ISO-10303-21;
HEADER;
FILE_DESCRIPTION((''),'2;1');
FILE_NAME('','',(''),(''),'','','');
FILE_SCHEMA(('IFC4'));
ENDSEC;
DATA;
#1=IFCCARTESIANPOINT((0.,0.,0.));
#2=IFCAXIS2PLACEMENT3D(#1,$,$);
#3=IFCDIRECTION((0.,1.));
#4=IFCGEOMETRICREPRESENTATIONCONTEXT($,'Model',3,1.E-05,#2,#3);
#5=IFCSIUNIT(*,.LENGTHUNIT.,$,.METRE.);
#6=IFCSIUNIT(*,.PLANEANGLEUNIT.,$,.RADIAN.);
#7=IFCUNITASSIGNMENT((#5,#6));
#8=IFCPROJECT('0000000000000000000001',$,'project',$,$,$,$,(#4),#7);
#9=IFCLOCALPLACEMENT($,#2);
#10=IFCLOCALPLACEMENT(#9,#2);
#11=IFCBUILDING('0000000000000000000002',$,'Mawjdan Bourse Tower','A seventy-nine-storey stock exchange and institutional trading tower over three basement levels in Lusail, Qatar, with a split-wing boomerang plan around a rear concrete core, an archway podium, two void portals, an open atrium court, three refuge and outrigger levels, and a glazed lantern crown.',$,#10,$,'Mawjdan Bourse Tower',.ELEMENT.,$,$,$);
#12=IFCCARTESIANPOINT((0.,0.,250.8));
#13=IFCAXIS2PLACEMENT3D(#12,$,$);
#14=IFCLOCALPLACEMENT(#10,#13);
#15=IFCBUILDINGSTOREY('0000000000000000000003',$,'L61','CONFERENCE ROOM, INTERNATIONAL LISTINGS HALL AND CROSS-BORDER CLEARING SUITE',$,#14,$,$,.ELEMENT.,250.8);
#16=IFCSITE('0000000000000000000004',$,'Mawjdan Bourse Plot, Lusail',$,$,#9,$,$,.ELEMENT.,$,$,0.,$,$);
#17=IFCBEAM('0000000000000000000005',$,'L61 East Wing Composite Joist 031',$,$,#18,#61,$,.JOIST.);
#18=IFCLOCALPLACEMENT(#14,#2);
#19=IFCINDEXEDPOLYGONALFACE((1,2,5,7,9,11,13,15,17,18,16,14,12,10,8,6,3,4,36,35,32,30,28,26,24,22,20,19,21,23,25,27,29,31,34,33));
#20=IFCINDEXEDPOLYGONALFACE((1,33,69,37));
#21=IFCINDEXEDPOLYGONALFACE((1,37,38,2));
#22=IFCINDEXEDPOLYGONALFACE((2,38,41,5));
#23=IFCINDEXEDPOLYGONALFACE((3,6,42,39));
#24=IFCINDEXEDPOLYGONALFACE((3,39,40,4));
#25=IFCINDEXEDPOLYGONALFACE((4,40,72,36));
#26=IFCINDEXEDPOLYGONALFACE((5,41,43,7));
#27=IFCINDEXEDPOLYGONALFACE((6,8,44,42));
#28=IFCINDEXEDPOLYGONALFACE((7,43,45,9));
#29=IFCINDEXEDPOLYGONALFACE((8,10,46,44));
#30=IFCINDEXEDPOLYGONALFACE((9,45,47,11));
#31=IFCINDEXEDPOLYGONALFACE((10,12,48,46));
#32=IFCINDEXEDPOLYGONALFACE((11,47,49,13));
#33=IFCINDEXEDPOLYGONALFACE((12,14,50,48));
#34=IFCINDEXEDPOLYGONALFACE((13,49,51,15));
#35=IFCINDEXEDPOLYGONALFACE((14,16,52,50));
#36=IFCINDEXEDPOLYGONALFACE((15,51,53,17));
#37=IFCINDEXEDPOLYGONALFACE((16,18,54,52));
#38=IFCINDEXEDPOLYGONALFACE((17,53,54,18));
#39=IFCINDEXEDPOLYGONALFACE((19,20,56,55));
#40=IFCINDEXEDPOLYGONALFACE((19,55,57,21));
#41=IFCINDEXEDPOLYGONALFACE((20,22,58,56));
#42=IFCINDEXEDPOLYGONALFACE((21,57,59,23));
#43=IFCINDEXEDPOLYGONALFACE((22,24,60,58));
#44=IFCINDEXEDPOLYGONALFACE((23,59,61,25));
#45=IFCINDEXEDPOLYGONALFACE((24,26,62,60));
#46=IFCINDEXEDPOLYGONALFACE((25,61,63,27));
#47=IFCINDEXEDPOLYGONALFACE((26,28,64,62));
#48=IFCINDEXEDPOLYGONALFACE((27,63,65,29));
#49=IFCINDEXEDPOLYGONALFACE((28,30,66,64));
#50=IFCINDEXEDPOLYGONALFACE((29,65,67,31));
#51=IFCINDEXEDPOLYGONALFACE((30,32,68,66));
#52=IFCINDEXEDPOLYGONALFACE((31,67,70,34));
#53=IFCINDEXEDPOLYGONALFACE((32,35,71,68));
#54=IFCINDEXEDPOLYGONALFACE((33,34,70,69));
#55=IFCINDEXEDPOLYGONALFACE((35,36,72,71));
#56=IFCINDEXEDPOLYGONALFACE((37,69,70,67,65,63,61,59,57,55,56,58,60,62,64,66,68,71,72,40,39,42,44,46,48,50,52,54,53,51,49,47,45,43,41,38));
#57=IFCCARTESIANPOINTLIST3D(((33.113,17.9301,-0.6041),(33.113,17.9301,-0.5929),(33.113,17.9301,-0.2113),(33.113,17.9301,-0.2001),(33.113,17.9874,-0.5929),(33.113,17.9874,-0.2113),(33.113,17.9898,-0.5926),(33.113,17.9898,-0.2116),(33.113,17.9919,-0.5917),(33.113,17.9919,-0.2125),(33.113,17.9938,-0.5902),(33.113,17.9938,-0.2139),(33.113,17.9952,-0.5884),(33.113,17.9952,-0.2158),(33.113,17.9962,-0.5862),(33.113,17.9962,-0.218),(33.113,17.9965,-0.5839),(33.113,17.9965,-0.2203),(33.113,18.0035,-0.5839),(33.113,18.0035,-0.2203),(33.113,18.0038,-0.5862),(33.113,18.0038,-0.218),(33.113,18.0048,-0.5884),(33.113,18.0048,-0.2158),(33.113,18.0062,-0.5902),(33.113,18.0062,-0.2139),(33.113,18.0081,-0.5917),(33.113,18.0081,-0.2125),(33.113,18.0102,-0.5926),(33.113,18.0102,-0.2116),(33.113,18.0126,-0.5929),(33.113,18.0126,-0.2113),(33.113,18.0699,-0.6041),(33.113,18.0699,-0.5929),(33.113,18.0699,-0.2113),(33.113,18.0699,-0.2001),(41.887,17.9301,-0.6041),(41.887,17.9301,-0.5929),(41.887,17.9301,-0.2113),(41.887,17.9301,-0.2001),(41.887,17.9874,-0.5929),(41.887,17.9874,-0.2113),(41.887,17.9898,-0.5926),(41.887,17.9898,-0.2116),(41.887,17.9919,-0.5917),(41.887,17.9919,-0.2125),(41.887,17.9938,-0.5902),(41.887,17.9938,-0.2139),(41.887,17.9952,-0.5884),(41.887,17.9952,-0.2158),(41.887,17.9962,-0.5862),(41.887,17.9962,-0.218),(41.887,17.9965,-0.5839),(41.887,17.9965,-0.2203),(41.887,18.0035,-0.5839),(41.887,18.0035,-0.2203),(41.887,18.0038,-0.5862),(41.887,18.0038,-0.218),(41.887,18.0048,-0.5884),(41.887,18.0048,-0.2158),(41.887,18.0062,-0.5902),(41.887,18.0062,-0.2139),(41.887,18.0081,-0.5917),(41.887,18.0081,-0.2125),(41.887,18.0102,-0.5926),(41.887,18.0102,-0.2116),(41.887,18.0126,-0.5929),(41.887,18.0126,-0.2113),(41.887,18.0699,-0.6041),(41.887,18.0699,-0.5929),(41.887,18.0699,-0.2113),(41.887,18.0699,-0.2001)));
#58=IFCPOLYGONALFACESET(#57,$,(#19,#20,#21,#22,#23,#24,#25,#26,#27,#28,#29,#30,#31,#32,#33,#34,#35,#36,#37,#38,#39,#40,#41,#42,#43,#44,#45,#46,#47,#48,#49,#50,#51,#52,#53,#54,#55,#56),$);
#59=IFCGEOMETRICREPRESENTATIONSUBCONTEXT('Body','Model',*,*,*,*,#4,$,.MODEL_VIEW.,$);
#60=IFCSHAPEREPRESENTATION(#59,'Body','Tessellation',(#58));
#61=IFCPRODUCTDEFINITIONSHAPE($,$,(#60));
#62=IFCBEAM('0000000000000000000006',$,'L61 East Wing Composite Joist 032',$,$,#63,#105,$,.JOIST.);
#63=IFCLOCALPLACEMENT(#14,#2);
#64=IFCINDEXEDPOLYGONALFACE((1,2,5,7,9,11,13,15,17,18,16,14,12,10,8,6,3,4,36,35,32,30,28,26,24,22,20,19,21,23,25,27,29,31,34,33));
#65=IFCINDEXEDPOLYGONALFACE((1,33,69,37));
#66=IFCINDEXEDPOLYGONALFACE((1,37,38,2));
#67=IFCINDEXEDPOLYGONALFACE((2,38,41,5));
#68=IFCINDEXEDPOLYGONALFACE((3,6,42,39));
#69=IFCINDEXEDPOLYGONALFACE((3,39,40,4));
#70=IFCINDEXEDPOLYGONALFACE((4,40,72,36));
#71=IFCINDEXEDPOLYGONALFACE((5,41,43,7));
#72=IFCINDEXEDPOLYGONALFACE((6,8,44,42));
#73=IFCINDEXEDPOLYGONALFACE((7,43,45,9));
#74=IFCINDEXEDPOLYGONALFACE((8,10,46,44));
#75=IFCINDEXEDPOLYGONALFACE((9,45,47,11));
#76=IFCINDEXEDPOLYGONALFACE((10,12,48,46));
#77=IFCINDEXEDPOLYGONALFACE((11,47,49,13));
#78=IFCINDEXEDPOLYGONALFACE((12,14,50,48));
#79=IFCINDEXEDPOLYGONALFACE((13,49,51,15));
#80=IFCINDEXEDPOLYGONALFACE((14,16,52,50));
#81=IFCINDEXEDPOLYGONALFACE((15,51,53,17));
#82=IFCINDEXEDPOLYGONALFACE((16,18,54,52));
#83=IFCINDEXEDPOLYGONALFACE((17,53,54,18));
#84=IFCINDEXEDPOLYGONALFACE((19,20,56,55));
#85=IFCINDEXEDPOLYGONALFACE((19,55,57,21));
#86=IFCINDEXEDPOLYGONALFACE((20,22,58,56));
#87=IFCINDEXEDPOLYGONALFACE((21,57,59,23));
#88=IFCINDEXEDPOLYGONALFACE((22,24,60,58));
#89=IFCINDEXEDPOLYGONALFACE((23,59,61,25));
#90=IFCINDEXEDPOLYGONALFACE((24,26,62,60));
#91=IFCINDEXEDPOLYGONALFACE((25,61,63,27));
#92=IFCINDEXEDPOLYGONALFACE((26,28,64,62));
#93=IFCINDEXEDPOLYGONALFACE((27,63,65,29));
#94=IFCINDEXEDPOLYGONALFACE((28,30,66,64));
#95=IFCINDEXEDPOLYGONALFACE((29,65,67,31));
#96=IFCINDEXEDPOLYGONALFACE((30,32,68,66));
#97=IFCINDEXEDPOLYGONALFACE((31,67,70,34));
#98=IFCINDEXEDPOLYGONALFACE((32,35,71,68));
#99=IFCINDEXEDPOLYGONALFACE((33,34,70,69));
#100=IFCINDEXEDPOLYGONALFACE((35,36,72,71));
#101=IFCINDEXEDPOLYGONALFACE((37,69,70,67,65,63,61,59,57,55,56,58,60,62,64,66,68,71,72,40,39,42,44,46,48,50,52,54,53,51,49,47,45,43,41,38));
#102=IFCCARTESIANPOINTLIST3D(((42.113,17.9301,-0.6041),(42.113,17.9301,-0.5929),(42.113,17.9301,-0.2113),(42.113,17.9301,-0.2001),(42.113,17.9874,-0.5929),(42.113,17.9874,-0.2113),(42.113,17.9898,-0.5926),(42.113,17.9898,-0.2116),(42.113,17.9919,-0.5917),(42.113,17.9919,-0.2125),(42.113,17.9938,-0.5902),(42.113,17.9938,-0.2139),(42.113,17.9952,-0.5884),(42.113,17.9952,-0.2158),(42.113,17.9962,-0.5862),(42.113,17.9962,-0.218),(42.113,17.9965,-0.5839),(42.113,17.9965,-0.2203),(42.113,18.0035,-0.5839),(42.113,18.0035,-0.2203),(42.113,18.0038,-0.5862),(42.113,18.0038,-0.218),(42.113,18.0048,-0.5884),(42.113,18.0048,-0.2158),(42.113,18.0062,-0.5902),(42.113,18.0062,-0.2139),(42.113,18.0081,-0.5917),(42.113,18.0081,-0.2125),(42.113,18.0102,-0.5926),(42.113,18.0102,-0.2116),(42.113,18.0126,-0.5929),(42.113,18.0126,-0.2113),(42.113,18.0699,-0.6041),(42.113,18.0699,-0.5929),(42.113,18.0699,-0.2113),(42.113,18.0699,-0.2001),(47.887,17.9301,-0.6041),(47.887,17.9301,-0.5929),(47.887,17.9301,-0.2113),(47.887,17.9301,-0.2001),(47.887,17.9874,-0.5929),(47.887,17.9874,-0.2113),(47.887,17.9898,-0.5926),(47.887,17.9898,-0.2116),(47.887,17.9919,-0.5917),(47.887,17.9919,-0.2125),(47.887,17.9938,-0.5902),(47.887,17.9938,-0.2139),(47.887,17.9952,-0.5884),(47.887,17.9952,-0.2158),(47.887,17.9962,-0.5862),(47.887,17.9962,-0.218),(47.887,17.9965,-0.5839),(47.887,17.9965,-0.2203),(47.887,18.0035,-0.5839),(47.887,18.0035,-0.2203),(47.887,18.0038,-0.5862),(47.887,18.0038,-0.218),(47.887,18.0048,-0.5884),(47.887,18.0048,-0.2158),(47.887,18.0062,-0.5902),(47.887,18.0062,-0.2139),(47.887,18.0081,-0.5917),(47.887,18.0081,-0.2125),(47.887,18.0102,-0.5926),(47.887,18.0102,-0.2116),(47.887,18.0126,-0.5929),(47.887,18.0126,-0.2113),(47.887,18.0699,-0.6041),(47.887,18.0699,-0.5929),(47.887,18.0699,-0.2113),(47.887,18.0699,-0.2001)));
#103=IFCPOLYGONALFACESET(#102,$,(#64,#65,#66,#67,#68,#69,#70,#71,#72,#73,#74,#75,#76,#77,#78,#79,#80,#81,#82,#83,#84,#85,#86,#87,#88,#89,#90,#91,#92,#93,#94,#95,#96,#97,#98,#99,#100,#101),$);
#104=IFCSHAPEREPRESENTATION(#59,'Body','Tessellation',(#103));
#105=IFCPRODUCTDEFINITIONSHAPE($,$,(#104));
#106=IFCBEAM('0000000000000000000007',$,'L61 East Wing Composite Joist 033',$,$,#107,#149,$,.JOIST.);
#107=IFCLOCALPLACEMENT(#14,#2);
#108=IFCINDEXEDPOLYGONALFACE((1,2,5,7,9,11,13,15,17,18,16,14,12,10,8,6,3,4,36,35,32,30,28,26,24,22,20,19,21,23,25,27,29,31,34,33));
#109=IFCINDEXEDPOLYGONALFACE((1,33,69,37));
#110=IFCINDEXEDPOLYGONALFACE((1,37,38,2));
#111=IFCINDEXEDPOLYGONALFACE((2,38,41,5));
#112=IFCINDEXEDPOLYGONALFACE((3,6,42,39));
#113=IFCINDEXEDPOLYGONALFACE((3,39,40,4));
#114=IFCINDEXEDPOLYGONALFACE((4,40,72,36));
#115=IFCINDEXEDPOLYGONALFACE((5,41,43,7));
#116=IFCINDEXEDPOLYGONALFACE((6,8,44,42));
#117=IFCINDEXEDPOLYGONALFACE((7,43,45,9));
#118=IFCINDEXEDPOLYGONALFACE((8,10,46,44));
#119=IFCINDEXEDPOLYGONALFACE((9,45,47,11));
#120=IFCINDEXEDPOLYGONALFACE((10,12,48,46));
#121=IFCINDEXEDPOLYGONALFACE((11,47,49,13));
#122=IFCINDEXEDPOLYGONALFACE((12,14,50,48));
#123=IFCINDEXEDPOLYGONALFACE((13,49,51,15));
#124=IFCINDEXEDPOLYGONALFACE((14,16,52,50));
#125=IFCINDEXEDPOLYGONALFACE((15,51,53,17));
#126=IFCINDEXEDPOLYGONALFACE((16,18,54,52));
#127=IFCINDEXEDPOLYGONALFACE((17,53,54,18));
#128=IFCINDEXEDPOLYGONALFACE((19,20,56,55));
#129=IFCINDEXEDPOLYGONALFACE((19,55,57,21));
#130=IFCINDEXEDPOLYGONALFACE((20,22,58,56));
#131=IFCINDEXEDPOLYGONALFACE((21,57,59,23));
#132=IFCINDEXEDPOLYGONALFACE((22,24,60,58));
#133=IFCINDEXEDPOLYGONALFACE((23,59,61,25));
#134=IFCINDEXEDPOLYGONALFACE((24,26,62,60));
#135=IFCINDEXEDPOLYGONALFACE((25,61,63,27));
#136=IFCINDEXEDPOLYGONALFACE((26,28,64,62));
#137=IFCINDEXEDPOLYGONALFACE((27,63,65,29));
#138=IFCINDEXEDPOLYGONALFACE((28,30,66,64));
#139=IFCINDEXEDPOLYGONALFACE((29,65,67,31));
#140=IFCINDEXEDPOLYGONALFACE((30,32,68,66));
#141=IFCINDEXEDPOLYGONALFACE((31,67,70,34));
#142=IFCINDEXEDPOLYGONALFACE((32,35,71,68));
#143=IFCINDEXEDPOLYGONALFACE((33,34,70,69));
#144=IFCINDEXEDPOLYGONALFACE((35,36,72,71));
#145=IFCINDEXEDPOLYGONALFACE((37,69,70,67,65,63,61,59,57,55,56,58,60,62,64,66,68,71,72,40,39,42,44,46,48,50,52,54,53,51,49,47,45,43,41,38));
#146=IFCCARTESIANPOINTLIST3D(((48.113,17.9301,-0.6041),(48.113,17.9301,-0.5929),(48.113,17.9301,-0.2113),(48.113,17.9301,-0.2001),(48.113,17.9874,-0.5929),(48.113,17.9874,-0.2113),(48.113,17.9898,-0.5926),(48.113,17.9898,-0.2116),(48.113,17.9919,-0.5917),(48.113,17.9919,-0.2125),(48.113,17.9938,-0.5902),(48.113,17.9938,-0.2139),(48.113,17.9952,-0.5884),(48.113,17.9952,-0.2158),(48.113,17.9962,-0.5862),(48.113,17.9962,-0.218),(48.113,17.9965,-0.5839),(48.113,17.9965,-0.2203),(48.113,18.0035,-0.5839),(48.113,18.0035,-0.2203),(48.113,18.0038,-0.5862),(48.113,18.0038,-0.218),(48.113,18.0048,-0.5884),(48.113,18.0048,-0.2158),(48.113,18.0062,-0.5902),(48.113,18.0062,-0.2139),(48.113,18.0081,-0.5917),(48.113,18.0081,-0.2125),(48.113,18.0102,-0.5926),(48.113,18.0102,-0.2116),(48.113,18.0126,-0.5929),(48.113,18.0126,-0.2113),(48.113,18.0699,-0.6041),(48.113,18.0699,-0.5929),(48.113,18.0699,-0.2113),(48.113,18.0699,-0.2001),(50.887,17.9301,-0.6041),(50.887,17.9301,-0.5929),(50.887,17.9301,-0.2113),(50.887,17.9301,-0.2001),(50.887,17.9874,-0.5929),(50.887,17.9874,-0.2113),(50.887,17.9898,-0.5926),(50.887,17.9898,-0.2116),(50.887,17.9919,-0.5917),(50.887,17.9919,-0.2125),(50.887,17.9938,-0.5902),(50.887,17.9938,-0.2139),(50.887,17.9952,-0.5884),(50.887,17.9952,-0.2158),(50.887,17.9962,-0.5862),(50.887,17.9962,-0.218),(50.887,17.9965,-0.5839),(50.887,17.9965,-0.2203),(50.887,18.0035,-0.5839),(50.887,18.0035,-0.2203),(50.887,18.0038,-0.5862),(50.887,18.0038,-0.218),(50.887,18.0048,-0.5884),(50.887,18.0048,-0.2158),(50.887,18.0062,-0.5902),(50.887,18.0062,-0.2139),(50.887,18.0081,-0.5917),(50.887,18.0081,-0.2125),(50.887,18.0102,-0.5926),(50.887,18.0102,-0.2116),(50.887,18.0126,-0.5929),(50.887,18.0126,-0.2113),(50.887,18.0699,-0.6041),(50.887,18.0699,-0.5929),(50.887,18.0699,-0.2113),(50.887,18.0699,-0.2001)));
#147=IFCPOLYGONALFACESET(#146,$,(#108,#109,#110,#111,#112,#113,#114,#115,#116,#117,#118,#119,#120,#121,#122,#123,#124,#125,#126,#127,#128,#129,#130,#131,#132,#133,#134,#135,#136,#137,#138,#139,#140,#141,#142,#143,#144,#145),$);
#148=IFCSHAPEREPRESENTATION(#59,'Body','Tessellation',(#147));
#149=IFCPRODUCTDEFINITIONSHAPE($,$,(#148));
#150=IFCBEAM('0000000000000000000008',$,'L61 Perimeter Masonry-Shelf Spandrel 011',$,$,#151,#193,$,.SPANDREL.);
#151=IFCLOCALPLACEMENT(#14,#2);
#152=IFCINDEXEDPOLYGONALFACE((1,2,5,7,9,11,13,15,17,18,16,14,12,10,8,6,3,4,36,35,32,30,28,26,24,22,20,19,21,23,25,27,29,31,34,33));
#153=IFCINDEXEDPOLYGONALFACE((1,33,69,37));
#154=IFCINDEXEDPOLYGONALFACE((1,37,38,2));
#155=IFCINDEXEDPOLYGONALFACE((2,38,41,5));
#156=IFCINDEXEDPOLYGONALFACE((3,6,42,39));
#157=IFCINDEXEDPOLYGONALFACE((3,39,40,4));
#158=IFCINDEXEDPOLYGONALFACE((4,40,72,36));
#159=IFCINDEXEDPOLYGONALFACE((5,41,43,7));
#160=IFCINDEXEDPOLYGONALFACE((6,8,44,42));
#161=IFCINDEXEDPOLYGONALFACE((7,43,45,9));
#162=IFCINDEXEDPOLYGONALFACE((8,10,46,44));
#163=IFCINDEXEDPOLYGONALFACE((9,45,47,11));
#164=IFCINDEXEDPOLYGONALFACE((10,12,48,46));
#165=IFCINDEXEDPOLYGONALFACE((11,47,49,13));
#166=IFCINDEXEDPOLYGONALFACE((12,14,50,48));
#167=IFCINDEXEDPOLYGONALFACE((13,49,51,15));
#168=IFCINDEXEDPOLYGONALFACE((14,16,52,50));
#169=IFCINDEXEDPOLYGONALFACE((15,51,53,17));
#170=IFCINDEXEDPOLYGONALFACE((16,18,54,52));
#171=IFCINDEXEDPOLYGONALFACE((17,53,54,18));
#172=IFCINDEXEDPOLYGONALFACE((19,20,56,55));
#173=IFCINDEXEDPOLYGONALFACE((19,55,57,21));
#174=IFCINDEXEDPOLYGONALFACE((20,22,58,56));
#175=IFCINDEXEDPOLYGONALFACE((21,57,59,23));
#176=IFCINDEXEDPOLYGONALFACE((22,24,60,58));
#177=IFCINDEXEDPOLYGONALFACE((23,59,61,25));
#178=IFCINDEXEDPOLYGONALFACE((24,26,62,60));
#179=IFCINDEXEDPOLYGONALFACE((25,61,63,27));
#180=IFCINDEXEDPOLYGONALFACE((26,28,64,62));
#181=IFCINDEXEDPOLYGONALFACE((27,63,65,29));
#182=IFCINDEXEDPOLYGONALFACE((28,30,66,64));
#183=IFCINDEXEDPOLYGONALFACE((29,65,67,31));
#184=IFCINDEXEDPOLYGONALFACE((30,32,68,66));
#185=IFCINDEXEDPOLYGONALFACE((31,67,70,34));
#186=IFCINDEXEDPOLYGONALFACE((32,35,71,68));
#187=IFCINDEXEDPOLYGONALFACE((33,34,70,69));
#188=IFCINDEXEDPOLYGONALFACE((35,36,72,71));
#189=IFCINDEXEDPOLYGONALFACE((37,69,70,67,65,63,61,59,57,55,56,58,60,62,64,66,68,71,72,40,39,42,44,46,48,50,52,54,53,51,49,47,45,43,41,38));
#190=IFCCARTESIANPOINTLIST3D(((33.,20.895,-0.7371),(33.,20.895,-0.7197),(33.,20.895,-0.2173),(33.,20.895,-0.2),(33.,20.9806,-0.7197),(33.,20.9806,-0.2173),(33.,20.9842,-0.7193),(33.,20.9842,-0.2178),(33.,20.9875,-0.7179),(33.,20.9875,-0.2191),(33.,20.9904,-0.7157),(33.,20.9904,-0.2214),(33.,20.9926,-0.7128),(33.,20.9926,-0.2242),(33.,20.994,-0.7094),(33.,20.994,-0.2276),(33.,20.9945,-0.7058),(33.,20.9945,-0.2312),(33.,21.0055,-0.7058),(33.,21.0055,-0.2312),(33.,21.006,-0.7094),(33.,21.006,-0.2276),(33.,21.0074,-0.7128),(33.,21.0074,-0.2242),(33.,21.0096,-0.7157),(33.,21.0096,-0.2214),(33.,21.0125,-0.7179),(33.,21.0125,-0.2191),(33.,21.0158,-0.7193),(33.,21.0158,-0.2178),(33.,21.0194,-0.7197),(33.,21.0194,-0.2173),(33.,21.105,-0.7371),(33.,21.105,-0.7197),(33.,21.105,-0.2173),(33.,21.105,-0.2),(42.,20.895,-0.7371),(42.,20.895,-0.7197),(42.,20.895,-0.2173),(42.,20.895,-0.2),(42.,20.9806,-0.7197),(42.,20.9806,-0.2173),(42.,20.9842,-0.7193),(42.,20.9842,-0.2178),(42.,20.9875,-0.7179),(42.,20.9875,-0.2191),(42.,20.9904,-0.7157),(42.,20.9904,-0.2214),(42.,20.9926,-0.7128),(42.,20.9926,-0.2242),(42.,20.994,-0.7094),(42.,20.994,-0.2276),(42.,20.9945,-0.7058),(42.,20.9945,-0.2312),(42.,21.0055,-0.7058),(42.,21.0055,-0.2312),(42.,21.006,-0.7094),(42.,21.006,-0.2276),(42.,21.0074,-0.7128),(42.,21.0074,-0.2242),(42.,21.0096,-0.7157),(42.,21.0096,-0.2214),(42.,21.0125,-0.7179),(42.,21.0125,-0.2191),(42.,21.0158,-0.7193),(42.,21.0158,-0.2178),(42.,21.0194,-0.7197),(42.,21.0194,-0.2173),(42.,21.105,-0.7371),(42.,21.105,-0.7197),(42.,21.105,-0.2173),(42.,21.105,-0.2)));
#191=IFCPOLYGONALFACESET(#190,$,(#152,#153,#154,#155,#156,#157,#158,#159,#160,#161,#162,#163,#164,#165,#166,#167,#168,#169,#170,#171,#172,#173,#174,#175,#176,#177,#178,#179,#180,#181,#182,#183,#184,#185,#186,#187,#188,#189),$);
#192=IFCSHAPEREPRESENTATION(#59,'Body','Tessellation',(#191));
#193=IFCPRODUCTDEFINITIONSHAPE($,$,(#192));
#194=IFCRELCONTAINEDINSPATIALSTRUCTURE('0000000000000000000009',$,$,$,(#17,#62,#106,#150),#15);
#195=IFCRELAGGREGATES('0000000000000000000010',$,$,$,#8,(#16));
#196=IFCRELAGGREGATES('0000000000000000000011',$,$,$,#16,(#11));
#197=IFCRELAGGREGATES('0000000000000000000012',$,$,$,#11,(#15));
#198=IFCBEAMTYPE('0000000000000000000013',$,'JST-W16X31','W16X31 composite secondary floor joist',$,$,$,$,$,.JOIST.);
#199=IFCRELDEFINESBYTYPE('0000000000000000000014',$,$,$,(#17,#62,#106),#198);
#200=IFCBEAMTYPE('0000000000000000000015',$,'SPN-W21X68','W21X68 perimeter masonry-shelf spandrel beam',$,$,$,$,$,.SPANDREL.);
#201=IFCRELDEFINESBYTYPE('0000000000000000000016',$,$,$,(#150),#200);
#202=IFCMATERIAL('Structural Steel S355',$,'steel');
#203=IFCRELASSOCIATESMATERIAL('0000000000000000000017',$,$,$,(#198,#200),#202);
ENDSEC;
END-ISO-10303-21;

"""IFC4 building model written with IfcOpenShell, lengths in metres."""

from ifc_helpers import new_model, si_unit, direction, frame, origin, origin_2d, place, context, subcontext, project, spatial, i_section, extrude, material, material_profile, profile_set, type_object, element, save


model = new_model("IFC4")

# Units and contexts
model_context = context("Model", 3, precision=1e-05, world=origin(), true_north=direction((0.0, 1.0)))
body_context = subcontext(model_context, "Body", "Model", "MODEL_VIEW")
ifc_project = project(units=[si_unit("LENGTHUNIT", "METRE"), si_unit("PLANEANGLEUNIT", "RADIAN")], contexts=[model_context])

# Site, building, storey
site_placement = place(None, origin())
site = spatial("IfcSite", under=ifc_project, at=site_placement, Name="Mawjdan Bourse Plot, Lusail", CompositionType="ELEMENT", RefElevation=0.0)
building_placement = place(site_placement, origin())
building = spatial("IfcBuilding", under=site, at=building_placement, Name="Mawjdan Bourse Tower", Description="A seventy-nine-storey stock exchange and institutional trading tower over three basement levels in Lusail, Qatar, with a split-wing boomerang plan around a rear concrete core, an archway podium, two void portals, an open atrium court, three refuge and outrigger levels, and a glazed lantern crown.", LongName="Mawjdan Bourse Tower", CompositionType="ELEMENT")
storey_placement = place(building_placement, frame((0.0, 0.0, 250.8)))
storey = spatial("IfcBuildingStorey", under=building, at=storey_placement, Name="L61", Description="CONFERENCE ROOM, INTERNATIONAL LISTINGS HALL AND CROSS-BORDER CLEARING SUITE", CompositionType="ELEMENT", Elevation=250.8)

# Beams
ifc_material_1 = material(Name="Structural Steel S355", Category="steel")
ifc_material_profile_1 = material_profile(ifc_material_1, i_section(OverallWidth=0.1399, OverallDepth=0.4041, WebThickness=0.0071, FlangeThickness=0.0112, FilletRadius=0.009, at=origin_2d()), Name="W16X31")
ifc_profile_set_1 = profile_set([ifc_material_profile_1], Name="Structural Steel S355")
beam_type_1 = type_object("IfcBeamType", Name="JST-W16X31", Description="W16X31 composite secondary floor joist", PredefinedType="JOIST", material=ifc_profile_set_1)
beam_1_placement = place(storey_placement, frame((33.113, 18.0, -0.4021), z_axis=(1.0, 0.0, 0.0), x_axis=(0.0, 1.0, 0.0)))
element("IfcBeam", 1, at=beam_1_placement, inside=storey, type_object=beam_type_1, Name="L61 East Wing Composite Joist 031", PredefinedType="JOIST", context=body_context, shape_type="SweptSolid", body=[
    extrude(i_section(OverallWidth=0.1399, OverallDepth=0.4041, WebThickness=0.0071, FlangeThickness=0.0112, FilletRadius=0.009, at=origin_2d()), origin(), (0.0, 0.0, 1.0), 8.7739),
])
beam_2_placement = place(storey_placement, frame((42.113, 18.0, -0.4021), z_axis=(1.0, 0.0, 0.0), x_axis=(0.0, 1.0, 0.0)))
element("IfcBeam", 2, at=beam_2_placement, inside=storey, type_object=beam_type_1, Name="L61 East Wing Composite Joist 032", PredefinedType="JOIST", context=body_context, shape_type="SweptSolid", body=[
    extrude(i_section(OverallWidth=0.1399, OverallDepth=0.4041, WebThickness=0.0071, FlangeThickness=0.0112, FilletRadius=0.009, at=origin_2d()), origin(), (0.0, 0.0, 1.0), 5.7739),
])
beam_3_placement = place(storey_placement, frame((48.113, 18.0, -0.4021), z_axis=(1.0, 0.0, 0.0), x_axis=(0.0, 1.0, 0.0)))
element("IfcBeam", 3, at=beam_3_placement, inside=storey, type_object=beam_type_1, Name="L61 East Wing Composite Joist 033", PredefinedType="JOIST", context=body_context, shape_type="SweptSolid", body=[
    extrude(i_section(OverallWidth=0.1399, OverallDepth=0.4041, WebThickness=0.0071, FlangeThickness=0.0112, FilletRadius=0.009, at=origin_2d()), origin(), (0.0, 0.0, 1.0), 2.7739),
])
ifc_material_profile_2 = material_profile(ifc_material_1, i_section(OverallWidth=0.21, OverallDepth=0.5371, WebThickness=0.011, FlangeThickness=0.0173, FilletRadius=0.0139, at=origin_2d()), Name="W21X68")
ifc_profile_set_2 = profile_set([ifc_material_profile_2], Name="Structural Steel S355")
beam_type_2 = type_object("IfcBeamType", Name="SPN-W21X68", Description="W21X68 perimeter masonry-shelf spandrel beam", PredefinedType="SPANDREL", material=ifc_profile_set_2)
beam_4_placement = place(storey_placement, frame((33.0, 21.0, -0.4685), z_axis=(1.0, 0.0, 0.0), x_axis=(0.0, 1.0, 0.0)))
element("IfcBeam", 4, at=beam_4_placement, inside=storey, type_object=beam_type_2, Name="L61 Perimeter Masonry-Shelf Spandrel 011", PredefinedType="SPANDREL", context=body_context, shape_type="SweptSolid", body=[
    extrude(i_section(OverallWidth=0.21, OverallDepth=0.5371, WebThickness=0.011, FlangeThickness=0.0173, FilletRadius=0.0139, at=origin_2d()), origin(), (0.0, 0.0, 1.0), 9.0),
])

save(model, "model.ifc")
